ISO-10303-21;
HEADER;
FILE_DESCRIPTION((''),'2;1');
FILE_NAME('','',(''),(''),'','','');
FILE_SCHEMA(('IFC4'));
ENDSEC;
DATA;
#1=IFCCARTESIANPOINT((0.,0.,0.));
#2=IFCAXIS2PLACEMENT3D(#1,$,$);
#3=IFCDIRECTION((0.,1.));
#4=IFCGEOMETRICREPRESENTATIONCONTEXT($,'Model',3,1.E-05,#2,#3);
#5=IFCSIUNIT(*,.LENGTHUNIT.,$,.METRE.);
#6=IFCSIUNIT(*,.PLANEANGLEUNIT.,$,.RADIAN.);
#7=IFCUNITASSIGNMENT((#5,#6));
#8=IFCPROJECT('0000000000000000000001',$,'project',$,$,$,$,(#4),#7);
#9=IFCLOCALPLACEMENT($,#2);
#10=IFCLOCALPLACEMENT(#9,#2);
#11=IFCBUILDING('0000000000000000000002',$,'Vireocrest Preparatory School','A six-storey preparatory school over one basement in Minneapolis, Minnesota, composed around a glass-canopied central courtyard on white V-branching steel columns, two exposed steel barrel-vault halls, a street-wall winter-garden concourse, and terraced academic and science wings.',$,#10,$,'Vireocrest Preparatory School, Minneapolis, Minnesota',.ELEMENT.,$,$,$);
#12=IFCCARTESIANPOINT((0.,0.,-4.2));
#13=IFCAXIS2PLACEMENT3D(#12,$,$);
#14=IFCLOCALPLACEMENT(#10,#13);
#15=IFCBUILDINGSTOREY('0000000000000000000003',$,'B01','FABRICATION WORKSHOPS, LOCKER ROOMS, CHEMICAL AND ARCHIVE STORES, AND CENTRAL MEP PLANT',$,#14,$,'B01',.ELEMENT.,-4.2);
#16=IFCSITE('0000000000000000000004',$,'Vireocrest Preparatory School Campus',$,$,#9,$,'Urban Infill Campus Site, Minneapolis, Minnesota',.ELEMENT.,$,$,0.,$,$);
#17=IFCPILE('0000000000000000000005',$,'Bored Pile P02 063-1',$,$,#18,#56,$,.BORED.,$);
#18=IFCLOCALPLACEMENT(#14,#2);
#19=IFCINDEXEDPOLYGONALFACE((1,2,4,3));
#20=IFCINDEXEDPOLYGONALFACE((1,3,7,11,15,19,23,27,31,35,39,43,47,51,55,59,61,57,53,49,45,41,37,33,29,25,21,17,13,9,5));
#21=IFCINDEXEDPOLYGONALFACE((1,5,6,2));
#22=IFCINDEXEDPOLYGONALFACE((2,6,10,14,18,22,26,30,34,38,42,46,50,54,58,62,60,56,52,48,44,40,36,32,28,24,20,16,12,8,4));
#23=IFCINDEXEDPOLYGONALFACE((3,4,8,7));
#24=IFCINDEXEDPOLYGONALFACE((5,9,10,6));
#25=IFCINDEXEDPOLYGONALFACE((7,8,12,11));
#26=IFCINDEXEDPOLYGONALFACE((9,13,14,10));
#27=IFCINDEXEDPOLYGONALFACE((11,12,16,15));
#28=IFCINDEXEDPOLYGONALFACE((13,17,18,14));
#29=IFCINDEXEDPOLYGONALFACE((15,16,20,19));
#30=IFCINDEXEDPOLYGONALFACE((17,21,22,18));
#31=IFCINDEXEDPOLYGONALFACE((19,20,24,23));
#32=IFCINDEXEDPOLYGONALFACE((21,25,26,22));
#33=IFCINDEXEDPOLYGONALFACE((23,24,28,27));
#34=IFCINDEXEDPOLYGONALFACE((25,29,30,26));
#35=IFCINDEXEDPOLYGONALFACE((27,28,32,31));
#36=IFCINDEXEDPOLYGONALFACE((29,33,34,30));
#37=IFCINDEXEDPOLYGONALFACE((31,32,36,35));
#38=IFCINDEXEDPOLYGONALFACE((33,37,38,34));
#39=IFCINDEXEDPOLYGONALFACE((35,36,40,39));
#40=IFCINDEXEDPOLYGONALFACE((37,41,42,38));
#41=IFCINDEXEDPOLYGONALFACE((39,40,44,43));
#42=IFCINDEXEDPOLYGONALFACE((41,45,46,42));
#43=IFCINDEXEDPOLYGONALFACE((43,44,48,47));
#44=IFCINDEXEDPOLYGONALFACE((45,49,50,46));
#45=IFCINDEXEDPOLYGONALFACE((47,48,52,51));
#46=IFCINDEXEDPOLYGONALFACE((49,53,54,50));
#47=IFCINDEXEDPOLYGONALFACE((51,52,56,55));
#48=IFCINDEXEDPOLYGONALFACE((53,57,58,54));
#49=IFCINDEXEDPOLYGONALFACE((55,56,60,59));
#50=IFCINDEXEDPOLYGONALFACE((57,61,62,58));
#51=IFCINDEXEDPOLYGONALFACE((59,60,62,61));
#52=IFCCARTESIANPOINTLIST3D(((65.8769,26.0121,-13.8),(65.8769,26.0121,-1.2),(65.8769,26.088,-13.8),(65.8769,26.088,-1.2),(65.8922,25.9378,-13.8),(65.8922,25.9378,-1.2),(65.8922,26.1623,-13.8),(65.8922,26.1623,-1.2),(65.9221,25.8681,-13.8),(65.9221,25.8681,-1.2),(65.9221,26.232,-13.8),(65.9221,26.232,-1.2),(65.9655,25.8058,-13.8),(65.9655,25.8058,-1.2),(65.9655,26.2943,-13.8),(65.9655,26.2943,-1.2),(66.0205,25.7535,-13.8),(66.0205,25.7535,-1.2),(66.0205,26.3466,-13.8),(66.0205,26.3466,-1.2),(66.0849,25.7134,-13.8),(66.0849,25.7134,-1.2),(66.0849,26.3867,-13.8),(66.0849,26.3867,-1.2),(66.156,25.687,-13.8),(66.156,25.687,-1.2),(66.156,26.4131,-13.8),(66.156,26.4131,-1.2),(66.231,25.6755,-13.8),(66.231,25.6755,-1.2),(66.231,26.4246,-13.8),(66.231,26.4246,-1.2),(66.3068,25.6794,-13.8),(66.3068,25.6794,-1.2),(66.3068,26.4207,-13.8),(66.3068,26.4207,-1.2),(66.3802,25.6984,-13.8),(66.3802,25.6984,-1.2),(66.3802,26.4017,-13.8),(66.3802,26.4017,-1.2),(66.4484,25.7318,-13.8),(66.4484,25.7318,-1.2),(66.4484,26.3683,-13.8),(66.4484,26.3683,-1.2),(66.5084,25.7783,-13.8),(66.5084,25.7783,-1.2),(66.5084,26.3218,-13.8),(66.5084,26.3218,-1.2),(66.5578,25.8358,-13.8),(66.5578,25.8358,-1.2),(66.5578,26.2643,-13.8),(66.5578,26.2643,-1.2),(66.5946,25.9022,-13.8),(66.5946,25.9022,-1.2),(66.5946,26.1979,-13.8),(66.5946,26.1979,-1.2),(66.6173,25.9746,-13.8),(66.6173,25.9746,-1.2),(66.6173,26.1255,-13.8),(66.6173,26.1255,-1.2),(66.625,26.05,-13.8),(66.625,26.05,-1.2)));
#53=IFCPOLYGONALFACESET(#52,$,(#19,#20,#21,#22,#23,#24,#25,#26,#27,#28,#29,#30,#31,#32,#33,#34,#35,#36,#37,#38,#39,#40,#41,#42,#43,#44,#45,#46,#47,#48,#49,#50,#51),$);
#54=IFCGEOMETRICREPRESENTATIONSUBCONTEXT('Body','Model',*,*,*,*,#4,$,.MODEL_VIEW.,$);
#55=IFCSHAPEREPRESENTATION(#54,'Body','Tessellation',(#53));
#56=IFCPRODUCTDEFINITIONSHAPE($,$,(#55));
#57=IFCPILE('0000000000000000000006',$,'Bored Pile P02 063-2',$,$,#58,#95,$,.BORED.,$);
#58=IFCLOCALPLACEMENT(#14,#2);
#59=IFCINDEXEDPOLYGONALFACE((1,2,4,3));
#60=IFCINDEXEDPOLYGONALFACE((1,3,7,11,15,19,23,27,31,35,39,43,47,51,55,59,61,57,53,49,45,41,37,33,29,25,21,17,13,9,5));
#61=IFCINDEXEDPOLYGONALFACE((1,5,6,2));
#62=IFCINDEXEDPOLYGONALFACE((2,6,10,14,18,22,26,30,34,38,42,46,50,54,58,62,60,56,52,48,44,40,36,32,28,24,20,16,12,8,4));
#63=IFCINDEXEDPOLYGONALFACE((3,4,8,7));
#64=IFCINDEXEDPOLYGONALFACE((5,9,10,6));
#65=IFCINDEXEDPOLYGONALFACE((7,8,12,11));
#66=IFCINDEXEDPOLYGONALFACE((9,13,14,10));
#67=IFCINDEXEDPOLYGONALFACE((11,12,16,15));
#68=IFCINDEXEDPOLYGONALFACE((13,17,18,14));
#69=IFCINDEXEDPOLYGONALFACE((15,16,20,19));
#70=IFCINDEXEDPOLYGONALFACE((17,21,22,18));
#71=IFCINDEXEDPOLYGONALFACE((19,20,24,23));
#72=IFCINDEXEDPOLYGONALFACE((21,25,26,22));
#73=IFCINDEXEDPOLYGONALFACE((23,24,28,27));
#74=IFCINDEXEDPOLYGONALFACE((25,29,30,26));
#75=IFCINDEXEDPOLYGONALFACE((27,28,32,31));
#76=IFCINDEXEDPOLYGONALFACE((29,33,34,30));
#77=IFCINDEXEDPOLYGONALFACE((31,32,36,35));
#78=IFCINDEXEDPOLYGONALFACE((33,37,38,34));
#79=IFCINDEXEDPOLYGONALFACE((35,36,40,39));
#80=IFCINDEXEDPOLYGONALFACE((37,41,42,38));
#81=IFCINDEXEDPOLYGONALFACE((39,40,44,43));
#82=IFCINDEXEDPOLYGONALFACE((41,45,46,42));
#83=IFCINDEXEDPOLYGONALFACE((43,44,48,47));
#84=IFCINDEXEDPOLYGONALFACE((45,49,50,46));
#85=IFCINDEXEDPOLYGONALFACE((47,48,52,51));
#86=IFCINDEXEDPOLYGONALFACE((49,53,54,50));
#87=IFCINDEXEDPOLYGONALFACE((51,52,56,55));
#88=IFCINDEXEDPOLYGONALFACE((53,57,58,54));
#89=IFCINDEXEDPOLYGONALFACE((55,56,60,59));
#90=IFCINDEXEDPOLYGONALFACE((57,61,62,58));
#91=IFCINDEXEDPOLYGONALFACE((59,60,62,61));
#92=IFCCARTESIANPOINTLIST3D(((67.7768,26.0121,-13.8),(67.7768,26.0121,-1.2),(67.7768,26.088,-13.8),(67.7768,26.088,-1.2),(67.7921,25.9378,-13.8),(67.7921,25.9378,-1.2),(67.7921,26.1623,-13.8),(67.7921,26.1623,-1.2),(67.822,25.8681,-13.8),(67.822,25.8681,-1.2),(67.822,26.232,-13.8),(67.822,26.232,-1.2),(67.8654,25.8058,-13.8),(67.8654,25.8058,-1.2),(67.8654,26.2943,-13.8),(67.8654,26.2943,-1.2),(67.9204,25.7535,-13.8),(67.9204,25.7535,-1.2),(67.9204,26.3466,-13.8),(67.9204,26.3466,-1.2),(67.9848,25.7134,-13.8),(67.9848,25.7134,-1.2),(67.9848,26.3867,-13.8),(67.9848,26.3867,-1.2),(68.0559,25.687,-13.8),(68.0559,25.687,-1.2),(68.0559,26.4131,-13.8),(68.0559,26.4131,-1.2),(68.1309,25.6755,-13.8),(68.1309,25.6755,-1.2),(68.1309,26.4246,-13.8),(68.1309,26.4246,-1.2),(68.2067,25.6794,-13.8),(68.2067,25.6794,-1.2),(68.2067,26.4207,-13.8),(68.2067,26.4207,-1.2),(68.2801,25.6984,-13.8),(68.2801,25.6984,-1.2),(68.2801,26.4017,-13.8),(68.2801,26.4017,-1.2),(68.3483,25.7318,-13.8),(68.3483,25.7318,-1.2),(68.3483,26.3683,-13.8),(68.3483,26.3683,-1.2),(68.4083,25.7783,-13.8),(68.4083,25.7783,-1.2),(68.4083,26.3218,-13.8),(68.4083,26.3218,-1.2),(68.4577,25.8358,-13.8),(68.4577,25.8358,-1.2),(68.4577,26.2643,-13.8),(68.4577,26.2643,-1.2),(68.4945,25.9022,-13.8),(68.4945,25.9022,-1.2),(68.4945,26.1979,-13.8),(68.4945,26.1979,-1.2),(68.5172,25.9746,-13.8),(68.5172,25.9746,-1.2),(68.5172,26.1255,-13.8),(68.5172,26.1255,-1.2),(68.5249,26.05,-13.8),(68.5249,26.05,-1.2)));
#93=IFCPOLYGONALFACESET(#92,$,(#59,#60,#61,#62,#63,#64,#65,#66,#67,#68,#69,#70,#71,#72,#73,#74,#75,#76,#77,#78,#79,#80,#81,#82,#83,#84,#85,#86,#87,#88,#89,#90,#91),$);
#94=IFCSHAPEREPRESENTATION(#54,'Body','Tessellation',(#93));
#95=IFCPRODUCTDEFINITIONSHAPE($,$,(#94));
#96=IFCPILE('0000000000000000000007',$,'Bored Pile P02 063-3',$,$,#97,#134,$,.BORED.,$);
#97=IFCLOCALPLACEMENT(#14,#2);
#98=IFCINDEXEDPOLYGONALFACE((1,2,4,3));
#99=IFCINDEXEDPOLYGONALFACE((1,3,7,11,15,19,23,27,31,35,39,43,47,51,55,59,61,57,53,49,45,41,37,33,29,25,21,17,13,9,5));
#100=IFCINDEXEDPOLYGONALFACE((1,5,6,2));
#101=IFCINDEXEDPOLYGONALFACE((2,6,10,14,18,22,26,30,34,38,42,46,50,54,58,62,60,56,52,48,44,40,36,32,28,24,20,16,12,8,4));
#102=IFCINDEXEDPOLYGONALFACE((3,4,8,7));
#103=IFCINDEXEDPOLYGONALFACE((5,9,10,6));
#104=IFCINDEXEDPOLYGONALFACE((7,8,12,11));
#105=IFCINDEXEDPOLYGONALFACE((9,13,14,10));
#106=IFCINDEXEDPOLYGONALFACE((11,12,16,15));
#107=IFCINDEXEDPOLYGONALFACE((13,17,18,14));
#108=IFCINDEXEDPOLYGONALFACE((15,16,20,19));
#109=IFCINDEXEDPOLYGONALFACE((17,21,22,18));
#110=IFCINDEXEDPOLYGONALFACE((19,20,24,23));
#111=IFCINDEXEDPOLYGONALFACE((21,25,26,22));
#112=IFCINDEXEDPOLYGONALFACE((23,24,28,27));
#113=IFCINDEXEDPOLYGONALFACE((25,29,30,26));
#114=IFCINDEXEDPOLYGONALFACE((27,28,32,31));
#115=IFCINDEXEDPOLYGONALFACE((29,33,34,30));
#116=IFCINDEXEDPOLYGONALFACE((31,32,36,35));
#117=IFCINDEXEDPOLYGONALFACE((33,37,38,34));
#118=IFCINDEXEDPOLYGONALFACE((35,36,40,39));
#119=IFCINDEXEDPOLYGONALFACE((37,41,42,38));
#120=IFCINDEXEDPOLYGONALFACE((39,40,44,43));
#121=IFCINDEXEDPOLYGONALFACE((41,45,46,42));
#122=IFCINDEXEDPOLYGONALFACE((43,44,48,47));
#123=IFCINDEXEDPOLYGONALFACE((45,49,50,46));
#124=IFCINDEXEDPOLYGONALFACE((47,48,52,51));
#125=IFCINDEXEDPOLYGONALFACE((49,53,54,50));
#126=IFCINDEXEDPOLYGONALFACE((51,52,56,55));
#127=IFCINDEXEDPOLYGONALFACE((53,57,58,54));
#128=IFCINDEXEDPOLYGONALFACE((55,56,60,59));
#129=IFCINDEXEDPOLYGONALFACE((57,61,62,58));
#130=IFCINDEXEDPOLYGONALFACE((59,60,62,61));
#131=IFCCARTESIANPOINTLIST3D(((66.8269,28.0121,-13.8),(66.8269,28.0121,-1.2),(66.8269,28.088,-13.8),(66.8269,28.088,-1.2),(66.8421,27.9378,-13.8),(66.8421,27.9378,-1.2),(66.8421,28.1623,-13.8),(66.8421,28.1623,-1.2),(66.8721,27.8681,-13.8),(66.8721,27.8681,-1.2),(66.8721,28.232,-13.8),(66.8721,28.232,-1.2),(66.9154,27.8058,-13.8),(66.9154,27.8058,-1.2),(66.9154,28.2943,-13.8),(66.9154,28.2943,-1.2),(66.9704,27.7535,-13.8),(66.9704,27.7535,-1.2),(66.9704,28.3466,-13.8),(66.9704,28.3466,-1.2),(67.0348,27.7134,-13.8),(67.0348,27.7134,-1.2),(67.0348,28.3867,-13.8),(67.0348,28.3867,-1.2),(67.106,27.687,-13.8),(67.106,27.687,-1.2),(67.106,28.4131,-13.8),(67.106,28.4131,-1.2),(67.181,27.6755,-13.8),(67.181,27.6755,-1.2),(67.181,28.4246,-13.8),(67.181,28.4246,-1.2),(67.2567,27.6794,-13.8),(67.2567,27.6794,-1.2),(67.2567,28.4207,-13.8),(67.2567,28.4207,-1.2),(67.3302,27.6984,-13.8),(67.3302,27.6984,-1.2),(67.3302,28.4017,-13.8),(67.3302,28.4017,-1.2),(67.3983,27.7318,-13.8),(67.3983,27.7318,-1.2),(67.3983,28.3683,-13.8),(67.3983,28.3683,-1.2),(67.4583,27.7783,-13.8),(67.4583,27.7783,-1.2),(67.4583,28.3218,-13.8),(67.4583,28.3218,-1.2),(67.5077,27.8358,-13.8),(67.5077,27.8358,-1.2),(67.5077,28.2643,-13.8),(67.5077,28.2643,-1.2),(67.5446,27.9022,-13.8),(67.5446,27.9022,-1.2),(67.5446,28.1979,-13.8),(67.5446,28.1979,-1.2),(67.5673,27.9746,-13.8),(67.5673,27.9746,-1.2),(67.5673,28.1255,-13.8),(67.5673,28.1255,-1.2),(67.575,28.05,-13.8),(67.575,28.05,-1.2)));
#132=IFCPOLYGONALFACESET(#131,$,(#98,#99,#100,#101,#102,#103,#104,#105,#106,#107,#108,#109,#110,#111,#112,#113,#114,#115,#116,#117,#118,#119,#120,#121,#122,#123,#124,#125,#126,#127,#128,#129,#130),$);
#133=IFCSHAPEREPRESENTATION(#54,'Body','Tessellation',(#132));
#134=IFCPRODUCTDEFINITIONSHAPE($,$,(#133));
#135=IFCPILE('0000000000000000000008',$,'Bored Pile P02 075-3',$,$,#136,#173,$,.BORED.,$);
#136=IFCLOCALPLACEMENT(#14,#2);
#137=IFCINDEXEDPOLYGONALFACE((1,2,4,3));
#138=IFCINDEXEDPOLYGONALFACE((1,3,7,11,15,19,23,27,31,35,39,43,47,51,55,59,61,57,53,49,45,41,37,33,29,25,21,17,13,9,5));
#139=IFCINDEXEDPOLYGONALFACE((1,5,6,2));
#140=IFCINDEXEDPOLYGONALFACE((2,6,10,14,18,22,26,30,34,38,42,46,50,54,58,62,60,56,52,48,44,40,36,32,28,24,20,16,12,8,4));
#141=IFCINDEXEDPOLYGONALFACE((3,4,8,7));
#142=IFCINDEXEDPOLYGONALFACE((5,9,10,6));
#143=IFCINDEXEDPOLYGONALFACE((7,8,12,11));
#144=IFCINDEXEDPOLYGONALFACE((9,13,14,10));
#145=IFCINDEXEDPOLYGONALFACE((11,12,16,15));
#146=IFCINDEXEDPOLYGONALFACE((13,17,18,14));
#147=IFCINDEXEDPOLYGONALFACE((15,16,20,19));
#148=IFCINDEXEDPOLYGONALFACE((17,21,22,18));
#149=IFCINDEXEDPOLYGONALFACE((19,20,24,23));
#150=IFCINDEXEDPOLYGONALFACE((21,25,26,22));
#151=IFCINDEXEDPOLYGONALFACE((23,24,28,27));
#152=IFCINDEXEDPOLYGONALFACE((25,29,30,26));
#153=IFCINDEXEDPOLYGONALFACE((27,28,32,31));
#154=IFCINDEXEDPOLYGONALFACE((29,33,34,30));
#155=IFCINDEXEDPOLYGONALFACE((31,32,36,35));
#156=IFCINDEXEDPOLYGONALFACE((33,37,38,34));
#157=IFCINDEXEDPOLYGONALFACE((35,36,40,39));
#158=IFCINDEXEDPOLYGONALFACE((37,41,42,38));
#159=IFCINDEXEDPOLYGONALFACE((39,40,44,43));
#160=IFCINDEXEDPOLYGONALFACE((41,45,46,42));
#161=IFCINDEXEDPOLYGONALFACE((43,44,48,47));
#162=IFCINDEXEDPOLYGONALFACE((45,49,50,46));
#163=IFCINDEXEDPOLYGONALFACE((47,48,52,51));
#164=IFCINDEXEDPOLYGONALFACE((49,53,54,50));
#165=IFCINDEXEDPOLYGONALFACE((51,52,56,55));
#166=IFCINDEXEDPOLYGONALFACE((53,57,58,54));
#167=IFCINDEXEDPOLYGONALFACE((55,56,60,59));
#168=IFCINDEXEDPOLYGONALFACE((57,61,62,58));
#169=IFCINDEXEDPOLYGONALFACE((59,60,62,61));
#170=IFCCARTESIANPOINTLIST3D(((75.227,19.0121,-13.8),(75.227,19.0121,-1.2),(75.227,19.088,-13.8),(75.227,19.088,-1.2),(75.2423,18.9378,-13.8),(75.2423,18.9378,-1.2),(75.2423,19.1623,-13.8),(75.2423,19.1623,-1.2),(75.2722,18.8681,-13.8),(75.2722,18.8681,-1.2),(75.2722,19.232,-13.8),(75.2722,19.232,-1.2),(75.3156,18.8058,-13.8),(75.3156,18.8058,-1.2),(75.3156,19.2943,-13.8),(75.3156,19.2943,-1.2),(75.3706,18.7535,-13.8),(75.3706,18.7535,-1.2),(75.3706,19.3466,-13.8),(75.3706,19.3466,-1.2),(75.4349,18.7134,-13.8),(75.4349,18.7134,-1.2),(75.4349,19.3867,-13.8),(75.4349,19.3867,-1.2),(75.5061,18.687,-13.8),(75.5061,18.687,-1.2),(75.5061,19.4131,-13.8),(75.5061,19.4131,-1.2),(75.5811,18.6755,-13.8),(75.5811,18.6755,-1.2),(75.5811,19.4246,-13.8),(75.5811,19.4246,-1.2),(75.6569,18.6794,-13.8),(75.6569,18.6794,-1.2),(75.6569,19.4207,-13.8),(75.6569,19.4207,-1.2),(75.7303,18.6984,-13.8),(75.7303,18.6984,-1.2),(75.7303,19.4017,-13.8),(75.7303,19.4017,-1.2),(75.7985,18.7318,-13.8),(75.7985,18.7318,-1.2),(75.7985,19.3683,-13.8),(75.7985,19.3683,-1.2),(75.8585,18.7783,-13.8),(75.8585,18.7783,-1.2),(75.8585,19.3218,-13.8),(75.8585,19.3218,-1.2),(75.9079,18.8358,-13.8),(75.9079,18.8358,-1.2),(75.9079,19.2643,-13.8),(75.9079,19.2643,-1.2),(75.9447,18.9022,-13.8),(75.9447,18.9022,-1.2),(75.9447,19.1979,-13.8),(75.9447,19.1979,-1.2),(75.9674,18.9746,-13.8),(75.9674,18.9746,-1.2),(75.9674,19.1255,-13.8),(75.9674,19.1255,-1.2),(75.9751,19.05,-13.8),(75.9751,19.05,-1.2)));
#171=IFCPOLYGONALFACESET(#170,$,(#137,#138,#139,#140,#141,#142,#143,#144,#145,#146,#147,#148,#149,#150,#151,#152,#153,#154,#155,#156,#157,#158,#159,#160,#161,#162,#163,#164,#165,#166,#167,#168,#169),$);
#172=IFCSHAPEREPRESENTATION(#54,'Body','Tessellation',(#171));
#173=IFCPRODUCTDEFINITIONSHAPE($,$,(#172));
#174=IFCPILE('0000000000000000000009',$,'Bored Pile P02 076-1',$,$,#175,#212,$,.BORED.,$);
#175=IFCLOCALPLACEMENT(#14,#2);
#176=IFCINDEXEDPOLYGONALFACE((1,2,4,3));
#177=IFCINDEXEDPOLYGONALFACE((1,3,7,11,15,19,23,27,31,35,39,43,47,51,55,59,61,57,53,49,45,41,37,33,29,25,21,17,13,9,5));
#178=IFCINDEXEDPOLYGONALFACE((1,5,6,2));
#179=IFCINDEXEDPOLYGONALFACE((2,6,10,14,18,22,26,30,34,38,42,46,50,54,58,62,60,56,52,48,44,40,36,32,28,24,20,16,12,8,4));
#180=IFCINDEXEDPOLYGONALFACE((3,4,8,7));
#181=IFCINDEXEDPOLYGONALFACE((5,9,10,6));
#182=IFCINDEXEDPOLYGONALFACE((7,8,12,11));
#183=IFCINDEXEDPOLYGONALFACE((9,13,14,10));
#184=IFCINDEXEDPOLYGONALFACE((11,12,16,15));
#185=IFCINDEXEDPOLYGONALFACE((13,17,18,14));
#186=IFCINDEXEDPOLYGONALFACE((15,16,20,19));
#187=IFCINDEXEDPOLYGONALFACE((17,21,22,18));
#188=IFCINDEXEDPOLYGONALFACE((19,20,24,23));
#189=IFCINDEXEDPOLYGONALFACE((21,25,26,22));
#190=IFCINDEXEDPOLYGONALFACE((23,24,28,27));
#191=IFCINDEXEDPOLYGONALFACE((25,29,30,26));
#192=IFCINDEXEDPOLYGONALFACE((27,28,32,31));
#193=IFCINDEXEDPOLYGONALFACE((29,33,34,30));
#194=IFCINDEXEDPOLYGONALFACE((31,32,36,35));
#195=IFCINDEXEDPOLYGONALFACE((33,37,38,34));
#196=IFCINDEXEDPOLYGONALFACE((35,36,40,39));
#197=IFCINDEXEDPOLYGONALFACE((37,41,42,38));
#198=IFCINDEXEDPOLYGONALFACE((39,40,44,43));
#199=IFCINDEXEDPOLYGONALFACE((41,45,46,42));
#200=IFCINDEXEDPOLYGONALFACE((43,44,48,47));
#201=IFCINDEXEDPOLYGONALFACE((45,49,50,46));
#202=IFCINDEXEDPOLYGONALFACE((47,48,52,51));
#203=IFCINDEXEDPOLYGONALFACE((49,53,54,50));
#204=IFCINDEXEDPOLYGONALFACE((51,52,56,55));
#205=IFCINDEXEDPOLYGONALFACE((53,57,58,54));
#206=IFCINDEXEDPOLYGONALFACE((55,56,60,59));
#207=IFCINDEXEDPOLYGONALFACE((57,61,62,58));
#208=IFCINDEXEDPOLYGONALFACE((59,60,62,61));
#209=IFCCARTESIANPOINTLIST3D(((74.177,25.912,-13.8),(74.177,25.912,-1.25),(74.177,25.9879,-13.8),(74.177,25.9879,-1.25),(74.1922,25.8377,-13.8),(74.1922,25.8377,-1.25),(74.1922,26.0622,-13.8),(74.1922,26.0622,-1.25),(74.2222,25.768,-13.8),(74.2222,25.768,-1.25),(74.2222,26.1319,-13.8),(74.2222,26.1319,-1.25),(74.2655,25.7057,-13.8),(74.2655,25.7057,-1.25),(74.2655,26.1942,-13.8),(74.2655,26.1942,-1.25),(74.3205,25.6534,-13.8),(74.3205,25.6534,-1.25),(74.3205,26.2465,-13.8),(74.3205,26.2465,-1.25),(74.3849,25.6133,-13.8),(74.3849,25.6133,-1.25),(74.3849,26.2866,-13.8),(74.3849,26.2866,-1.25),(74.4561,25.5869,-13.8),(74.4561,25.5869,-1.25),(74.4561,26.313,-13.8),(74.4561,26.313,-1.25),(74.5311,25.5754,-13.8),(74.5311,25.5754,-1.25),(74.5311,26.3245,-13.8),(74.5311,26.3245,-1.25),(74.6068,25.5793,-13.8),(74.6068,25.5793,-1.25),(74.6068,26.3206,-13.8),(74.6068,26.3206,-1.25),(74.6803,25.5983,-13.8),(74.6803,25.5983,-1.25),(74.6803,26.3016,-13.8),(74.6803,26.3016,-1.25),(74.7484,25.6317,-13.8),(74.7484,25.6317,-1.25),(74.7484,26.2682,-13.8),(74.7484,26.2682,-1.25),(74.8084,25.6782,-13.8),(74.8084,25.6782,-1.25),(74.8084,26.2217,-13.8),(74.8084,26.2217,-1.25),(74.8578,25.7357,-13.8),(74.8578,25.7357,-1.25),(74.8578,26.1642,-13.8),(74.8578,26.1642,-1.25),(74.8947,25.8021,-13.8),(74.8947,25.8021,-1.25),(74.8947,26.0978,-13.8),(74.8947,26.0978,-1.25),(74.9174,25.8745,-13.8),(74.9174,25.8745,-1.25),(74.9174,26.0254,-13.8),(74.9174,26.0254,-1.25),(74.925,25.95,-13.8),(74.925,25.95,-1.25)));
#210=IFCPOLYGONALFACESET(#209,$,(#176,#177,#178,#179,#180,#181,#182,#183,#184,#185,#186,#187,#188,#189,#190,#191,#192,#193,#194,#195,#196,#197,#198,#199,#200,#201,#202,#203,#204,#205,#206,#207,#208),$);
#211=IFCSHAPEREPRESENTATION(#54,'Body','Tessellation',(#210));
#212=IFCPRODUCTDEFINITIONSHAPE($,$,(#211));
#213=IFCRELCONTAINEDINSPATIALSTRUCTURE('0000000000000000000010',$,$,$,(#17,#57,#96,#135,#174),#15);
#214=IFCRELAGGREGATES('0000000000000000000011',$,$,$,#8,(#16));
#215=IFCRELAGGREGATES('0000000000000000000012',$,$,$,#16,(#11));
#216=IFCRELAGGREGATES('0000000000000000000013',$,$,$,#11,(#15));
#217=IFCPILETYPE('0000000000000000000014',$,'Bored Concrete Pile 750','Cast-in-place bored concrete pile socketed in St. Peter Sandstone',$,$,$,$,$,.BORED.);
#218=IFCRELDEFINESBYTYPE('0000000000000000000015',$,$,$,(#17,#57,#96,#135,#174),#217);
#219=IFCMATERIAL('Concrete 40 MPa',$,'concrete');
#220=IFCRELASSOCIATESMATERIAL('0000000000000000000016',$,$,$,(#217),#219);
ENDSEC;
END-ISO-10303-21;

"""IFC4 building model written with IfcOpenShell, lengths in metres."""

from ifc_helpers import new_model, si_unit, direction, frame, origin, origin_2d, place, context, subcontext, project, spatial, circle, extrude, material, material_profile, profile_set, type_object, element, save


model = new_model("IFC4")

# Units and contexts
model_context = context("Model", 3, precision=1e-05, world=origin(), true_north=direction((0.0, 1.0)))
body_context = subcontext(model_context, "Body", "Model", "MODEL_VIEW")
ifc_project = project(units=[si_unit("LENGTHUNIT", "METRE"), si_unit("PLANEANGLEUNIT", "RADIAN")], contexts=[model_context])

# Site, building, storey
site_placement = place(None, origin())
site = spatial("IfcSite", under=ifc_project, at=site_placement, Name="Vireocrest Preparatory School Campus", LongName="Urban Infill Campus Site, Minneapolis, Minnesota", CompositionType="ELEMENT", RefElevation=0.0)
building_placement = place(site_placement, origin())
building = spatial("IfcBuilding", under=site, at=building_placement, Name="Vireocrest Preparatory School", Description="A six-storey preparatory school over one basement in Minneapolis, Minnesota, composed around a glass-canopied central courtyard on white V-branching steel columns, two exposed steel barrel-vault halls, a street-wall winter-garden concourse, and terraced academic and science wings.", LongName="Vireocrest Preparatory School, Minneapolis, Minnesota", CompositionType="ELEMENT")
storey_placement = place(building_placement, frame((0.0, 0.0, -4.2)))
storey = spatial("IfcBuildingStorey", under=building, at=storey_placement, Name="B01", Description="FABRICATION WORKSHOPS, LOCKER ROOMS, CHEMICAL AND ARCHIVE STORES, AND CENTRAL MEP PLANT", LongName="B01", CompositionType="ELEMENT", Elevation=-4.2)

# Piles
ifc_material_1 = material(Name="Concrete 40 MPa", Category="concrete")
ifc_material_profile_1 = material_profile(ifc_material_1, circle(Radius=0.375, at=origin_2d()), Name="BORED PILE 750")
ifc_profile_set_1 = profile_set([ifc_material_profile_1], Name="Concrete 40 MPa")
pile_type = type_object("IfcPileType", Name="Bored Concrete Pile 750", Description="Cast-in-place bored concrete pile socketed in St. Peter Sandstone", PredefinedType="BORED", material=ifc_profile_set_1)
for number, where, z_axis, x_axis, name in (
    (1, (66.25, 26.05, -1.2), (0.0, 0.0, -1.0), (1.0, 0.0, 0.0), "Bored Pile P02 063-1"),
    (2, (68.1499, 26.05, -1.2), (0.0, 0.0, -1.0), (1.0, 0.0, 0.0), "Bored Pile P02 063-2"),
    (3, (67.2, 28.05, -1.2), (0.0, 0.0, -1.0), (1.0, 0.0, 0.0), "Bored Pile P02 063-3"),
    (4, (75.6001, 19.05, -1.2), (0.0, 0.0, -1.0), (1.0, 0.0, 0.0), "Bored Pile P02 075-3"),
):
    element("IfcPile", number, at=place(storey_placement, frame(where, z_axis=z_axis, x_axis=x_axis)), inside=storey, type_object=pile_type, Name=name, PredefinedType="BORED", context=body_context, shape_type="SweptSolid", body=[
        extrude(circle(Radius=0.375, at=origin_2d()), origin(), (0.0, 0.0, 1.0), 12.6001),
    ])
pile_1_placement = place(storey_placement, frame((74.55, 25.95, -1.25), z_axis=(0.0, 0.0, -1.0), x_axis=(1.0, 0.0, 0.0)))
element("IfcPile", 5, at=pile_1_placement, inside=storey, type_object=pile_type, Name="Bored Pile P02 076-1", PredefinedType="BORED", context=body_context, shape_type="SweptSolid", body=[
    extrude(circle(Radius=0.375, at=origin_2d()), origin(), (0.0, 0.0, 1.0), 12.55),
])

save(model, "model.ifc")
